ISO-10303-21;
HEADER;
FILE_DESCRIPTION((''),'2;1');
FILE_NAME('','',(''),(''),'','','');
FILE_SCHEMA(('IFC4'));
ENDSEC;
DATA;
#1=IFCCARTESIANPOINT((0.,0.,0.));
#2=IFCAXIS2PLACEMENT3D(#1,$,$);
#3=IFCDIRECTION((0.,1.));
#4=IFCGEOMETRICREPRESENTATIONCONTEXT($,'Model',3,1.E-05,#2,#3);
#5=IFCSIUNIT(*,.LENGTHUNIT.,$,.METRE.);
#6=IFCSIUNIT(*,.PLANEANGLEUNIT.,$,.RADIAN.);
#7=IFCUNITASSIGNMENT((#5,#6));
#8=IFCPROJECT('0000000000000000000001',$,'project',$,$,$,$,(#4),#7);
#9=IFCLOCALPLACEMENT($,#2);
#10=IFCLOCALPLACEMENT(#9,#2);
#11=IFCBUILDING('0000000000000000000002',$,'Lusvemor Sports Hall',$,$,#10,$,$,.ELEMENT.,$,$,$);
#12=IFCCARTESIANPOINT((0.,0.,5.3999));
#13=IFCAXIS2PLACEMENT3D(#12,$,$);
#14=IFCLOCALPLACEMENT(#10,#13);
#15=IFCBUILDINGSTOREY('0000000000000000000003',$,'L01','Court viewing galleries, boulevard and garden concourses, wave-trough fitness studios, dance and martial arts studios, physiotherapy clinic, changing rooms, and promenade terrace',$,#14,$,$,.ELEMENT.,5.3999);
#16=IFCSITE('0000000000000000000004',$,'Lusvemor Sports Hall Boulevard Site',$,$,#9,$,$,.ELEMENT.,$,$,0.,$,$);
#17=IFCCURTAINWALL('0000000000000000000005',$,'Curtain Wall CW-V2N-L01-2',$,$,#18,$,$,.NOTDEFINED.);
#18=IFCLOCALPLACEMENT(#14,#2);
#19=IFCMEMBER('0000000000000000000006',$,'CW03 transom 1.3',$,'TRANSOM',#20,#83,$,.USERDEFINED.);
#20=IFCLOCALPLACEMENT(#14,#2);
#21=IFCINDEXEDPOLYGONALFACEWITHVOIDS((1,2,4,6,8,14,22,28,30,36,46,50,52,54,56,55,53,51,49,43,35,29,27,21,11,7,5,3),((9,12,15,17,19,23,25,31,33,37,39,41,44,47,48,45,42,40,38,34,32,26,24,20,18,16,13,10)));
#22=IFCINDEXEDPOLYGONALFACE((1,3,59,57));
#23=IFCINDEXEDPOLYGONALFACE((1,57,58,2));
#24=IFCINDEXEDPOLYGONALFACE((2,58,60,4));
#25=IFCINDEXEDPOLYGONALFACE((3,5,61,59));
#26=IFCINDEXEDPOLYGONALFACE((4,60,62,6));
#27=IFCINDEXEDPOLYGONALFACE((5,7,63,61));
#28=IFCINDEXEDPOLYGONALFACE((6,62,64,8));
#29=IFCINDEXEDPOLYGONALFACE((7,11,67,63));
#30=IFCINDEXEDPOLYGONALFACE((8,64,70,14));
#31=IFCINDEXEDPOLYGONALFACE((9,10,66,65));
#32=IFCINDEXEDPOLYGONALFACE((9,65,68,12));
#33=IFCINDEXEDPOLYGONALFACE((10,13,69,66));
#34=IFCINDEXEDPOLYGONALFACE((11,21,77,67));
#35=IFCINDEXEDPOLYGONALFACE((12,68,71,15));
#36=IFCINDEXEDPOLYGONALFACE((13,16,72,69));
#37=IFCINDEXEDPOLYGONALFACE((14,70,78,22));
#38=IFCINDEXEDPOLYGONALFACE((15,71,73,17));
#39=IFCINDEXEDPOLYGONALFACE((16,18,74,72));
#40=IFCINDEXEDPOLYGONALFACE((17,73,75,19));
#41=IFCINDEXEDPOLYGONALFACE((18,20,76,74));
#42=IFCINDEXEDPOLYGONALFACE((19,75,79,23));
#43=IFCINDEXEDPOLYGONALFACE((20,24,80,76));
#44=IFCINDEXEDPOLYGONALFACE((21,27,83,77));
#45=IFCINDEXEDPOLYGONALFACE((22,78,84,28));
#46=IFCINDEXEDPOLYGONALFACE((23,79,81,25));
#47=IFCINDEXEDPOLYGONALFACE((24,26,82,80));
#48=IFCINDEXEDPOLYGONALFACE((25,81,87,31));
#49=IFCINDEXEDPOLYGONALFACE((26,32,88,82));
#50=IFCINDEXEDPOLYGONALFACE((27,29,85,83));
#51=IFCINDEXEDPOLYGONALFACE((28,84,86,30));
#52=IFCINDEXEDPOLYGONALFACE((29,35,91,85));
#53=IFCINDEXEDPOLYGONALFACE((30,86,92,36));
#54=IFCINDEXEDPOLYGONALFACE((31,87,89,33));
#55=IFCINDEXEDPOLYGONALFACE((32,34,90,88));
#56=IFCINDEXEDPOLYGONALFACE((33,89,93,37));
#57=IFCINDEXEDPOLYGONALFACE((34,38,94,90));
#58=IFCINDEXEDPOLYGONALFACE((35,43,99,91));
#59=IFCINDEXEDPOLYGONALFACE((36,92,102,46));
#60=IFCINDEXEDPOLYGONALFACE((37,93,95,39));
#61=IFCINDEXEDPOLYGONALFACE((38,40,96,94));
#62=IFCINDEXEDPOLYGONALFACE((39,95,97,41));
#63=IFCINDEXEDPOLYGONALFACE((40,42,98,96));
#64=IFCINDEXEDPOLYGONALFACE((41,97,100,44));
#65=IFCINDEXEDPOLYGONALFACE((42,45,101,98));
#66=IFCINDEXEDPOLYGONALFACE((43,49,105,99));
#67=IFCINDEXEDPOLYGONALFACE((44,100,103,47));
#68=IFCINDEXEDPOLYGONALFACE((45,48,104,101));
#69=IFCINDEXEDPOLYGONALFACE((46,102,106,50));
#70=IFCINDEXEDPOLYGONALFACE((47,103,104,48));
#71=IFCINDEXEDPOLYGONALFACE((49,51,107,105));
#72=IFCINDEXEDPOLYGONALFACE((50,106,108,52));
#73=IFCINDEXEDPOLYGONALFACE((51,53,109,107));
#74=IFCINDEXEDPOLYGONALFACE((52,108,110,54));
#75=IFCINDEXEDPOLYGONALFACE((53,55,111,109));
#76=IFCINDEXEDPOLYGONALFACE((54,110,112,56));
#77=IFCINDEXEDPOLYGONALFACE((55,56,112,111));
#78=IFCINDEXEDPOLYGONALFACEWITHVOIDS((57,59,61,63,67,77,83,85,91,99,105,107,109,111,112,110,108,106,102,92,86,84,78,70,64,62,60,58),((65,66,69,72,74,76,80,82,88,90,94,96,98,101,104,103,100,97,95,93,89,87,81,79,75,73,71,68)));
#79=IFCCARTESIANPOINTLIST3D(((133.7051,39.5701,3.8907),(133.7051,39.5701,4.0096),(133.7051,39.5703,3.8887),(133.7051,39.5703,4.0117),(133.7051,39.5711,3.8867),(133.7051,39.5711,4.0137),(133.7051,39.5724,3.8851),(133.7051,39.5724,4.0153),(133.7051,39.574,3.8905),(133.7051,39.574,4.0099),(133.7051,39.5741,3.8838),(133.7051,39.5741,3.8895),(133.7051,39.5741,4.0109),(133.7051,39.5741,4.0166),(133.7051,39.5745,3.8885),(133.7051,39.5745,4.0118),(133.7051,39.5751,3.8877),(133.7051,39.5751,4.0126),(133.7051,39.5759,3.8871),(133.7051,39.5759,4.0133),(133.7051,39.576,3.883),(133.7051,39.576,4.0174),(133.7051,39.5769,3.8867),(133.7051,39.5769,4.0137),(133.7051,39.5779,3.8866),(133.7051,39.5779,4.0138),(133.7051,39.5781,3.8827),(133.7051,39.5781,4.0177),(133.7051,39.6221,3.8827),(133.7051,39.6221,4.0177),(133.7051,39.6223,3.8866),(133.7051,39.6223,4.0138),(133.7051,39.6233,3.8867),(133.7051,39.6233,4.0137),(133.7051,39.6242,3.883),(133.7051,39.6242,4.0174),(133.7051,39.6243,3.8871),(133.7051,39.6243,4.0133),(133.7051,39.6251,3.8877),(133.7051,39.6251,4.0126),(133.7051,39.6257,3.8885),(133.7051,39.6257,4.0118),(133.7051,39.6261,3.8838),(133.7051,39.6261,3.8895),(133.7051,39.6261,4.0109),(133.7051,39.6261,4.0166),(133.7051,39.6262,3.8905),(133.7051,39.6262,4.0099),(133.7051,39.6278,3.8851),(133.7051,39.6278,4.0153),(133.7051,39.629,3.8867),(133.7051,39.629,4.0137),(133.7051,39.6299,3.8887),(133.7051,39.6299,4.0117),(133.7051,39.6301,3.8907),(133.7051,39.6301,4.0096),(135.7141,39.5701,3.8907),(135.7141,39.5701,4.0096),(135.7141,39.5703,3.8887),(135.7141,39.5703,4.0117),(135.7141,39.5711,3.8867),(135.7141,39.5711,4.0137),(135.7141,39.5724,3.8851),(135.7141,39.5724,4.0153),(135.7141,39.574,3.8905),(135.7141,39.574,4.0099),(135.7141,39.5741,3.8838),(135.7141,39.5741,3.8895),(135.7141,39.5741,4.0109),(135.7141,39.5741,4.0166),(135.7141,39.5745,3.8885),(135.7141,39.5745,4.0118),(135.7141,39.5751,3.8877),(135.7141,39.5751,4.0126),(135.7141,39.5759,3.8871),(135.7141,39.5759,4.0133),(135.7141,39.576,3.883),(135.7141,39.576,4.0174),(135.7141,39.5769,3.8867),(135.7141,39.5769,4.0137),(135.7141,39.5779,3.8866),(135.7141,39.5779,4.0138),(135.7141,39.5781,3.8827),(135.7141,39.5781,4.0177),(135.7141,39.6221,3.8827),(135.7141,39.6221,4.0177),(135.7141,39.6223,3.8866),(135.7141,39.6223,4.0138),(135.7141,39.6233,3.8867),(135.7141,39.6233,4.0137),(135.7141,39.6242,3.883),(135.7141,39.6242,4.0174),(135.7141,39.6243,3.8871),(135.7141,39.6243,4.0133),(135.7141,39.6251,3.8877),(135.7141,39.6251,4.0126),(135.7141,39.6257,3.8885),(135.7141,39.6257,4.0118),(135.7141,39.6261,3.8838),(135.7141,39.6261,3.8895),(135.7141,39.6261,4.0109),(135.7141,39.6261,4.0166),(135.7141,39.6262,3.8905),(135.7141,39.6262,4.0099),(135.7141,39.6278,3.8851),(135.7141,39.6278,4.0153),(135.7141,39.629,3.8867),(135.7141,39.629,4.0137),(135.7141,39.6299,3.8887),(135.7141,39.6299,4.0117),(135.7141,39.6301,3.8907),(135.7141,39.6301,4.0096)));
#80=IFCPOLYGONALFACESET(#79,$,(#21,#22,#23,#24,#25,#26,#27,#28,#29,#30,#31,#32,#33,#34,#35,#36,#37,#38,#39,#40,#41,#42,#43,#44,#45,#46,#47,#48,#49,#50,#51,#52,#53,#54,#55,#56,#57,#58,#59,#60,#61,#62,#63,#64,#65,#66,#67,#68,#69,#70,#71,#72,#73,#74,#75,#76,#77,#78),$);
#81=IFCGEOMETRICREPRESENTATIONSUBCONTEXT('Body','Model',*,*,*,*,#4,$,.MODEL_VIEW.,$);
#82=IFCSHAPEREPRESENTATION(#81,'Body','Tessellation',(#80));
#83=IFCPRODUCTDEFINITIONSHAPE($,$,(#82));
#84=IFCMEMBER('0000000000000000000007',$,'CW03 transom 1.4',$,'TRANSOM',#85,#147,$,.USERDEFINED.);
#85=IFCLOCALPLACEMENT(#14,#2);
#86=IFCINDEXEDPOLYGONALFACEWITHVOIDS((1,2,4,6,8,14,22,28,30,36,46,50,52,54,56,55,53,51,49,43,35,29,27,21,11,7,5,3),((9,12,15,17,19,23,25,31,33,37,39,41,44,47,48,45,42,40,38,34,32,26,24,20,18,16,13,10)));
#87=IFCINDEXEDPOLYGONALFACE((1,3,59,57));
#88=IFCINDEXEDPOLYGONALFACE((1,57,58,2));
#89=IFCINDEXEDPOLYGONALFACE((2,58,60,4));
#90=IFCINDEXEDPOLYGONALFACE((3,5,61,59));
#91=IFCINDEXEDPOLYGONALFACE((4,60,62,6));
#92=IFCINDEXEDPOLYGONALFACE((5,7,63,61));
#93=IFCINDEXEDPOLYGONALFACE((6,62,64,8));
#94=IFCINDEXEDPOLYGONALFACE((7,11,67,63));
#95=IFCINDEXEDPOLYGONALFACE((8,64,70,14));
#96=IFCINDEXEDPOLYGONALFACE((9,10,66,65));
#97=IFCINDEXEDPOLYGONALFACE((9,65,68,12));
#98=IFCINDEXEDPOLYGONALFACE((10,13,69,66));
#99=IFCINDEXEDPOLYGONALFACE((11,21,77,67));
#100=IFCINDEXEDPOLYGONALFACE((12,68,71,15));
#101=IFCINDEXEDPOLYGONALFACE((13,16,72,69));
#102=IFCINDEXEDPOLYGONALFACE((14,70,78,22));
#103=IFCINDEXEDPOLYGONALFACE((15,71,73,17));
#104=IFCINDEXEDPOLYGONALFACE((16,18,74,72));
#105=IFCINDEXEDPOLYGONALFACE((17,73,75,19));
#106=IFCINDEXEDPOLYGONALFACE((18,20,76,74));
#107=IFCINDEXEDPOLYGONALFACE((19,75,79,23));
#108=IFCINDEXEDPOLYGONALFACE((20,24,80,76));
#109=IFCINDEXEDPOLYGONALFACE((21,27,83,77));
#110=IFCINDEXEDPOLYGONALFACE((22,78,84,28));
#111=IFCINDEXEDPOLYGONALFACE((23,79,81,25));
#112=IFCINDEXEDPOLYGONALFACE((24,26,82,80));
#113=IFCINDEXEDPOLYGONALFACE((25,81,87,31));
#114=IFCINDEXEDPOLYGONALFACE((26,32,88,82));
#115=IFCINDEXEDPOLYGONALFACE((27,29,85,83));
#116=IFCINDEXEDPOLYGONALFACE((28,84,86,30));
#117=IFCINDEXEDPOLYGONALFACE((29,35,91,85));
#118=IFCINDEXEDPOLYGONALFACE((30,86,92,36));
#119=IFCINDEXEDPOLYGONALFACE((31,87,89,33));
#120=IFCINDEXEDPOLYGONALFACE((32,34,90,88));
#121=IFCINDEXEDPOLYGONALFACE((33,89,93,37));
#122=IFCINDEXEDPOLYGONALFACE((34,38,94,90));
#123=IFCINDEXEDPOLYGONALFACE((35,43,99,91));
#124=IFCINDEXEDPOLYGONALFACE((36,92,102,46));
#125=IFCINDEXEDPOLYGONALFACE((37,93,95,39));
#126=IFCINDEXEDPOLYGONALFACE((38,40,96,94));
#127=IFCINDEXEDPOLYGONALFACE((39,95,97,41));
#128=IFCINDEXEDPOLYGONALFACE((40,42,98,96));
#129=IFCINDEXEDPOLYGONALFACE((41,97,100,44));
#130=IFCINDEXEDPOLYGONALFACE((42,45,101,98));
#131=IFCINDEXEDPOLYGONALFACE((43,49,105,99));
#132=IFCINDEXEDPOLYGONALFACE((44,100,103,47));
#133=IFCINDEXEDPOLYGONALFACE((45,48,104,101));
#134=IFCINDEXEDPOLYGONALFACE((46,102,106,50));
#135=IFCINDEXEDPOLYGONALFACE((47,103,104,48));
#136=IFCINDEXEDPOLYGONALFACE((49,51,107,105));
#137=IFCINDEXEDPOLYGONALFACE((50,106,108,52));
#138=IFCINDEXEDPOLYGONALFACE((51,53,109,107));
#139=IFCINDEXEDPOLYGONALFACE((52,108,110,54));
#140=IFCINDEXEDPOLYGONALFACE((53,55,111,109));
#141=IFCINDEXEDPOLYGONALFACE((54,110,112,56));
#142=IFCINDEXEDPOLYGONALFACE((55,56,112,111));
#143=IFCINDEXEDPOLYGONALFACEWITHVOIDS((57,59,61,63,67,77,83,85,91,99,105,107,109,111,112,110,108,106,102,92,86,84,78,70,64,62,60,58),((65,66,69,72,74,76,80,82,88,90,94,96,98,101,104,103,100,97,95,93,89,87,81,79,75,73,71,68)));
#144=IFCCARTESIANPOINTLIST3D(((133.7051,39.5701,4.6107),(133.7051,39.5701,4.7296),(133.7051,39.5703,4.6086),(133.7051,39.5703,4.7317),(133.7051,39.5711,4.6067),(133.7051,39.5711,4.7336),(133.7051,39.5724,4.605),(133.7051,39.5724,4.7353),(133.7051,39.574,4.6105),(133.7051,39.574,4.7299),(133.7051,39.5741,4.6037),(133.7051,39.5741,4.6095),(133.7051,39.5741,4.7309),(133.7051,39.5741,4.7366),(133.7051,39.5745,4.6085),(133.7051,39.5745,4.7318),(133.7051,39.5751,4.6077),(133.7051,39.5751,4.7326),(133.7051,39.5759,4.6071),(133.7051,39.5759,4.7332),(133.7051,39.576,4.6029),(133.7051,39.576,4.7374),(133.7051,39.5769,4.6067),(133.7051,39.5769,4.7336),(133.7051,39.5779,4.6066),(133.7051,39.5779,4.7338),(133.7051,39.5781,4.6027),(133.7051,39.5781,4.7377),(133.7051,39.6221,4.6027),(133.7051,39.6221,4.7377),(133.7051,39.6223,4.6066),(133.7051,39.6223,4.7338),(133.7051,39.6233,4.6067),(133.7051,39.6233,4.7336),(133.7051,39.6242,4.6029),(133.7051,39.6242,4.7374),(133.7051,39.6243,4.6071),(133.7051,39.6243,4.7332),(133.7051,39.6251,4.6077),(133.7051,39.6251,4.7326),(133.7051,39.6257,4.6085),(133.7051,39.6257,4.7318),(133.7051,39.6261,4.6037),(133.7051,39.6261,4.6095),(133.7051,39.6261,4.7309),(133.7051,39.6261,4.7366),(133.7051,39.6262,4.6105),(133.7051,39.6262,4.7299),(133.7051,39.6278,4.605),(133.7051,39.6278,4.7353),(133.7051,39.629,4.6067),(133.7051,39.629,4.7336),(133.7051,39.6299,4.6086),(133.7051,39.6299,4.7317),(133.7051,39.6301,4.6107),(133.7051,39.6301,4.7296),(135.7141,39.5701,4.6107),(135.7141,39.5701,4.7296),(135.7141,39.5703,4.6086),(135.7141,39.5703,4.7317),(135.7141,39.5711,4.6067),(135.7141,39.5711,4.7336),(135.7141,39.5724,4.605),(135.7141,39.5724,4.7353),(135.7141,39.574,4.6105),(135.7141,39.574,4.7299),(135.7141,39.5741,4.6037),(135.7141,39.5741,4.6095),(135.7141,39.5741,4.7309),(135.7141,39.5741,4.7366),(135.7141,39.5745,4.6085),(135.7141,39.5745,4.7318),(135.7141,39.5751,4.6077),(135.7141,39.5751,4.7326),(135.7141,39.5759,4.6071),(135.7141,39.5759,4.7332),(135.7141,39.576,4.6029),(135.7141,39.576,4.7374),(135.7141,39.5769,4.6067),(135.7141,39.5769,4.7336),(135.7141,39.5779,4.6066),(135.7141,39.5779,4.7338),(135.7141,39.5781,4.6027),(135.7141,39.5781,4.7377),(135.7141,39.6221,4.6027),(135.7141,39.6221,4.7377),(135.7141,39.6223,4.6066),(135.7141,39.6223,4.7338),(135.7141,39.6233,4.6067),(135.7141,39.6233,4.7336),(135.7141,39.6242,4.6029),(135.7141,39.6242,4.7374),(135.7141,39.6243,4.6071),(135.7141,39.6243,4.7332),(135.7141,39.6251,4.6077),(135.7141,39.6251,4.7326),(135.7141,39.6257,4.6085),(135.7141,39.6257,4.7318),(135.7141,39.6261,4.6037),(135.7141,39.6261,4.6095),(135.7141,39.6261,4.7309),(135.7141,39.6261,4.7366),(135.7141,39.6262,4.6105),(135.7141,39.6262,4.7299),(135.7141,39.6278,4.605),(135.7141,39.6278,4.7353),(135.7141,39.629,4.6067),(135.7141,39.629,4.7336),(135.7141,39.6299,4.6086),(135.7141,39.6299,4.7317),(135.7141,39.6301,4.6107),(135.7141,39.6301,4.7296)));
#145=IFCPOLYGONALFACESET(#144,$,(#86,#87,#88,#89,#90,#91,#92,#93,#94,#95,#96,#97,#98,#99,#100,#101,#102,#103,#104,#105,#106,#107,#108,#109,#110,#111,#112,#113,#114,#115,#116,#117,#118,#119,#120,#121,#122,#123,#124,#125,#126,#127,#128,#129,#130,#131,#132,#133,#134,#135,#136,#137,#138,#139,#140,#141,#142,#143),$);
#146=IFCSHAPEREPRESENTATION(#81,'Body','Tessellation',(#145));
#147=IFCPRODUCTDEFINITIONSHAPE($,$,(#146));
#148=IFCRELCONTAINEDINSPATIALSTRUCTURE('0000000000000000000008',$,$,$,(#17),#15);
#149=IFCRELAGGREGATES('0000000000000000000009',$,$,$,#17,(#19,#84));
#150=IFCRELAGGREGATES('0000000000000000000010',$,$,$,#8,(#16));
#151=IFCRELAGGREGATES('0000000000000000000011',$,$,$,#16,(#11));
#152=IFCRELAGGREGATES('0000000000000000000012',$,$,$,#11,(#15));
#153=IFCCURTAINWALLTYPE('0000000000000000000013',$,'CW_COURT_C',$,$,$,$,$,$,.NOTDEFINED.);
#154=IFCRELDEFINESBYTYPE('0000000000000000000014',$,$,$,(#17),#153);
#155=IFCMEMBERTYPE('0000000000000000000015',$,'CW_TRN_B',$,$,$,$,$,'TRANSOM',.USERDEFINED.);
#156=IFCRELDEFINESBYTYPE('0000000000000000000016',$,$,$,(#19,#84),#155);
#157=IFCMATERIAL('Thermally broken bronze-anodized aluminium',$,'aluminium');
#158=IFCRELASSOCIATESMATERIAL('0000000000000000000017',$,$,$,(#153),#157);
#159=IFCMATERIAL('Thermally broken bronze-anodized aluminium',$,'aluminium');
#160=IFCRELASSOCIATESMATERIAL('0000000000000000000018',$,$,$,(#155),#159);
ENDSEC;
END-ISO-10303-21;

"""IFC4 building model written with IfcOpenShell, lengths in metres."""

from ifc_helpers import new_model, si_unit, direction, frame, origin, origin_2d, place, context, subcontext, project, spatial, hollow_rectangle, extrude, material, material_profile, profile_set, type_object, element, aggregate, save


model = new_model("IFC4")

# Units and contexts
model_context = context("Model", 3, precision=1e-05, world=origin(), true_north=direction((0.0, 1.0)))
body_context = subcontext(model_context, "Body", "Model", "MODEL_VIEW")
ifc_project = project(units=[si_unit("LENGTHUNIT", "METRE"), si_unit("PLANEANGLEUNIT", "RADIAN")], contexts=[model_context])

# Site, building, storey
site_placement = place(None, origin())
site = spatial("IfcSite", under=ifc_project, at=site_placement, Name="Lusvemor Sports Hall Boulevard Site", CompositionType="ELEMENT", RefElevation=0.0)
building_placement = place(site_placement, origin())
building = spatial("IfcBuilding", under=site, at=building_placement, Name="Lusvemor Sports Hall", CompositionType="ELEMENT")
storey_placement = place(building_placement, frame((0.0, 0.0, 5.3999)))
storey = spatial("IfcBuildingStorey", under=building, at=storey_placement, Name="L01", Description="Court viewing galleries, boulevard and garden concourses, wave-trough fitness studios, dance and martial arts studios, physiotherapy clinic, changing rooms, and promenade terrace", CompositionType="ELEMENT", Elevation=5.3999)

# Curtain wall, members
ifc_material_1 = material(Name="Thermally broken bronze-anodized aluminium", Category="aluminium")
curtain_wall_type = type_object("IfcCurtainWallType", Name="CW_COURT_C", PredefinedType="NOTDEFINED", material=ifc_material_1)
curtain_wall_placement = place(storey_placement, origin())
curtain_wall = element("IfcCurtainWall", 1, at=curtain_wall_placement, inside=storey, type_object=curtain_wall_type, Name="Curtain Wall CW-V2N-L01-2", PredefinedType="NOTDEFINED")
ifc_material_2 = material(Name="Thermally broken bronze-anodized aluminium", Category="aluminium")
ifc_material_profile_1 = material_profile(ifc_material_2, hollow_rectangle(XDim=0.0601, YDim=0.135, WallThickness=0.0039, InnerFilletRadius=0.0039, OuterFilletRadius=0.0081, at=origin_2d()), Name="CWTRN135x60x4")
ifc_profile_set_1 = profile_set([ifc_material_profile_1], Name="Thermally broken bronze-anodized aluminium")
member_type_1 = type_object("IfcMemberType", Name="CW_TRN_B", ElementType="TRANSOM", PredefinedType="USERDEFINED", material=ifc_profile_set_1)
member_1_placement = place(storey_placement, frame((133.7051, 39.6001, 3.9502), z_axis=(1.0, 0.0, 0.0), x_axis=(0.0, 1.0, 0.0)))
member_1 = element("IfcMember", 2, at=member_1_placement, type_object=member_type_1, Name="CW03 transom 1.3", ObjectType="TRANSOM", PredefinedType="USERDEFINED", context=body_context, shape_type="SweptSolid", body=[
    extrude(hollow_rectangle(XDim=0.0601, YDim=0.135, WallThickness=0.0039, InnerFilletRadius=0.0039, OuterFilletRadius=0.0081, at=origin_2d()), origin(), (0.0, 0.0, 1.0), 2.009),
])
member_2_placement = place(storey_placement, frame((133.7051, 39.6001, 4.6702), z_axis=(1.0, 0.0, 0.0), x_axis=(0.0, 1.0, 0.0)))
member_2 = element("IfcMember", 3, at=member_2_placement, type_object=member_type_1, Name="CW03 transom 1.4", ObjectType="TRANSOM", PredefinedType="USERDEFINED", context=body_context, shape_type="SweptSolid", body=[
    extrude(hollow_rectangle(XDim=0.0601, YDim=0.135, WallThickness=0.0039, InnerFilletRadius=0.0039, OuterFilletRadius=0.0081, at=origin_2d()), origin(), (0.0, 0.0, 1.0), 2.009),
])

aggregate(curtain_wall, [member_1, member_2])

save(model, "model.ifc")
